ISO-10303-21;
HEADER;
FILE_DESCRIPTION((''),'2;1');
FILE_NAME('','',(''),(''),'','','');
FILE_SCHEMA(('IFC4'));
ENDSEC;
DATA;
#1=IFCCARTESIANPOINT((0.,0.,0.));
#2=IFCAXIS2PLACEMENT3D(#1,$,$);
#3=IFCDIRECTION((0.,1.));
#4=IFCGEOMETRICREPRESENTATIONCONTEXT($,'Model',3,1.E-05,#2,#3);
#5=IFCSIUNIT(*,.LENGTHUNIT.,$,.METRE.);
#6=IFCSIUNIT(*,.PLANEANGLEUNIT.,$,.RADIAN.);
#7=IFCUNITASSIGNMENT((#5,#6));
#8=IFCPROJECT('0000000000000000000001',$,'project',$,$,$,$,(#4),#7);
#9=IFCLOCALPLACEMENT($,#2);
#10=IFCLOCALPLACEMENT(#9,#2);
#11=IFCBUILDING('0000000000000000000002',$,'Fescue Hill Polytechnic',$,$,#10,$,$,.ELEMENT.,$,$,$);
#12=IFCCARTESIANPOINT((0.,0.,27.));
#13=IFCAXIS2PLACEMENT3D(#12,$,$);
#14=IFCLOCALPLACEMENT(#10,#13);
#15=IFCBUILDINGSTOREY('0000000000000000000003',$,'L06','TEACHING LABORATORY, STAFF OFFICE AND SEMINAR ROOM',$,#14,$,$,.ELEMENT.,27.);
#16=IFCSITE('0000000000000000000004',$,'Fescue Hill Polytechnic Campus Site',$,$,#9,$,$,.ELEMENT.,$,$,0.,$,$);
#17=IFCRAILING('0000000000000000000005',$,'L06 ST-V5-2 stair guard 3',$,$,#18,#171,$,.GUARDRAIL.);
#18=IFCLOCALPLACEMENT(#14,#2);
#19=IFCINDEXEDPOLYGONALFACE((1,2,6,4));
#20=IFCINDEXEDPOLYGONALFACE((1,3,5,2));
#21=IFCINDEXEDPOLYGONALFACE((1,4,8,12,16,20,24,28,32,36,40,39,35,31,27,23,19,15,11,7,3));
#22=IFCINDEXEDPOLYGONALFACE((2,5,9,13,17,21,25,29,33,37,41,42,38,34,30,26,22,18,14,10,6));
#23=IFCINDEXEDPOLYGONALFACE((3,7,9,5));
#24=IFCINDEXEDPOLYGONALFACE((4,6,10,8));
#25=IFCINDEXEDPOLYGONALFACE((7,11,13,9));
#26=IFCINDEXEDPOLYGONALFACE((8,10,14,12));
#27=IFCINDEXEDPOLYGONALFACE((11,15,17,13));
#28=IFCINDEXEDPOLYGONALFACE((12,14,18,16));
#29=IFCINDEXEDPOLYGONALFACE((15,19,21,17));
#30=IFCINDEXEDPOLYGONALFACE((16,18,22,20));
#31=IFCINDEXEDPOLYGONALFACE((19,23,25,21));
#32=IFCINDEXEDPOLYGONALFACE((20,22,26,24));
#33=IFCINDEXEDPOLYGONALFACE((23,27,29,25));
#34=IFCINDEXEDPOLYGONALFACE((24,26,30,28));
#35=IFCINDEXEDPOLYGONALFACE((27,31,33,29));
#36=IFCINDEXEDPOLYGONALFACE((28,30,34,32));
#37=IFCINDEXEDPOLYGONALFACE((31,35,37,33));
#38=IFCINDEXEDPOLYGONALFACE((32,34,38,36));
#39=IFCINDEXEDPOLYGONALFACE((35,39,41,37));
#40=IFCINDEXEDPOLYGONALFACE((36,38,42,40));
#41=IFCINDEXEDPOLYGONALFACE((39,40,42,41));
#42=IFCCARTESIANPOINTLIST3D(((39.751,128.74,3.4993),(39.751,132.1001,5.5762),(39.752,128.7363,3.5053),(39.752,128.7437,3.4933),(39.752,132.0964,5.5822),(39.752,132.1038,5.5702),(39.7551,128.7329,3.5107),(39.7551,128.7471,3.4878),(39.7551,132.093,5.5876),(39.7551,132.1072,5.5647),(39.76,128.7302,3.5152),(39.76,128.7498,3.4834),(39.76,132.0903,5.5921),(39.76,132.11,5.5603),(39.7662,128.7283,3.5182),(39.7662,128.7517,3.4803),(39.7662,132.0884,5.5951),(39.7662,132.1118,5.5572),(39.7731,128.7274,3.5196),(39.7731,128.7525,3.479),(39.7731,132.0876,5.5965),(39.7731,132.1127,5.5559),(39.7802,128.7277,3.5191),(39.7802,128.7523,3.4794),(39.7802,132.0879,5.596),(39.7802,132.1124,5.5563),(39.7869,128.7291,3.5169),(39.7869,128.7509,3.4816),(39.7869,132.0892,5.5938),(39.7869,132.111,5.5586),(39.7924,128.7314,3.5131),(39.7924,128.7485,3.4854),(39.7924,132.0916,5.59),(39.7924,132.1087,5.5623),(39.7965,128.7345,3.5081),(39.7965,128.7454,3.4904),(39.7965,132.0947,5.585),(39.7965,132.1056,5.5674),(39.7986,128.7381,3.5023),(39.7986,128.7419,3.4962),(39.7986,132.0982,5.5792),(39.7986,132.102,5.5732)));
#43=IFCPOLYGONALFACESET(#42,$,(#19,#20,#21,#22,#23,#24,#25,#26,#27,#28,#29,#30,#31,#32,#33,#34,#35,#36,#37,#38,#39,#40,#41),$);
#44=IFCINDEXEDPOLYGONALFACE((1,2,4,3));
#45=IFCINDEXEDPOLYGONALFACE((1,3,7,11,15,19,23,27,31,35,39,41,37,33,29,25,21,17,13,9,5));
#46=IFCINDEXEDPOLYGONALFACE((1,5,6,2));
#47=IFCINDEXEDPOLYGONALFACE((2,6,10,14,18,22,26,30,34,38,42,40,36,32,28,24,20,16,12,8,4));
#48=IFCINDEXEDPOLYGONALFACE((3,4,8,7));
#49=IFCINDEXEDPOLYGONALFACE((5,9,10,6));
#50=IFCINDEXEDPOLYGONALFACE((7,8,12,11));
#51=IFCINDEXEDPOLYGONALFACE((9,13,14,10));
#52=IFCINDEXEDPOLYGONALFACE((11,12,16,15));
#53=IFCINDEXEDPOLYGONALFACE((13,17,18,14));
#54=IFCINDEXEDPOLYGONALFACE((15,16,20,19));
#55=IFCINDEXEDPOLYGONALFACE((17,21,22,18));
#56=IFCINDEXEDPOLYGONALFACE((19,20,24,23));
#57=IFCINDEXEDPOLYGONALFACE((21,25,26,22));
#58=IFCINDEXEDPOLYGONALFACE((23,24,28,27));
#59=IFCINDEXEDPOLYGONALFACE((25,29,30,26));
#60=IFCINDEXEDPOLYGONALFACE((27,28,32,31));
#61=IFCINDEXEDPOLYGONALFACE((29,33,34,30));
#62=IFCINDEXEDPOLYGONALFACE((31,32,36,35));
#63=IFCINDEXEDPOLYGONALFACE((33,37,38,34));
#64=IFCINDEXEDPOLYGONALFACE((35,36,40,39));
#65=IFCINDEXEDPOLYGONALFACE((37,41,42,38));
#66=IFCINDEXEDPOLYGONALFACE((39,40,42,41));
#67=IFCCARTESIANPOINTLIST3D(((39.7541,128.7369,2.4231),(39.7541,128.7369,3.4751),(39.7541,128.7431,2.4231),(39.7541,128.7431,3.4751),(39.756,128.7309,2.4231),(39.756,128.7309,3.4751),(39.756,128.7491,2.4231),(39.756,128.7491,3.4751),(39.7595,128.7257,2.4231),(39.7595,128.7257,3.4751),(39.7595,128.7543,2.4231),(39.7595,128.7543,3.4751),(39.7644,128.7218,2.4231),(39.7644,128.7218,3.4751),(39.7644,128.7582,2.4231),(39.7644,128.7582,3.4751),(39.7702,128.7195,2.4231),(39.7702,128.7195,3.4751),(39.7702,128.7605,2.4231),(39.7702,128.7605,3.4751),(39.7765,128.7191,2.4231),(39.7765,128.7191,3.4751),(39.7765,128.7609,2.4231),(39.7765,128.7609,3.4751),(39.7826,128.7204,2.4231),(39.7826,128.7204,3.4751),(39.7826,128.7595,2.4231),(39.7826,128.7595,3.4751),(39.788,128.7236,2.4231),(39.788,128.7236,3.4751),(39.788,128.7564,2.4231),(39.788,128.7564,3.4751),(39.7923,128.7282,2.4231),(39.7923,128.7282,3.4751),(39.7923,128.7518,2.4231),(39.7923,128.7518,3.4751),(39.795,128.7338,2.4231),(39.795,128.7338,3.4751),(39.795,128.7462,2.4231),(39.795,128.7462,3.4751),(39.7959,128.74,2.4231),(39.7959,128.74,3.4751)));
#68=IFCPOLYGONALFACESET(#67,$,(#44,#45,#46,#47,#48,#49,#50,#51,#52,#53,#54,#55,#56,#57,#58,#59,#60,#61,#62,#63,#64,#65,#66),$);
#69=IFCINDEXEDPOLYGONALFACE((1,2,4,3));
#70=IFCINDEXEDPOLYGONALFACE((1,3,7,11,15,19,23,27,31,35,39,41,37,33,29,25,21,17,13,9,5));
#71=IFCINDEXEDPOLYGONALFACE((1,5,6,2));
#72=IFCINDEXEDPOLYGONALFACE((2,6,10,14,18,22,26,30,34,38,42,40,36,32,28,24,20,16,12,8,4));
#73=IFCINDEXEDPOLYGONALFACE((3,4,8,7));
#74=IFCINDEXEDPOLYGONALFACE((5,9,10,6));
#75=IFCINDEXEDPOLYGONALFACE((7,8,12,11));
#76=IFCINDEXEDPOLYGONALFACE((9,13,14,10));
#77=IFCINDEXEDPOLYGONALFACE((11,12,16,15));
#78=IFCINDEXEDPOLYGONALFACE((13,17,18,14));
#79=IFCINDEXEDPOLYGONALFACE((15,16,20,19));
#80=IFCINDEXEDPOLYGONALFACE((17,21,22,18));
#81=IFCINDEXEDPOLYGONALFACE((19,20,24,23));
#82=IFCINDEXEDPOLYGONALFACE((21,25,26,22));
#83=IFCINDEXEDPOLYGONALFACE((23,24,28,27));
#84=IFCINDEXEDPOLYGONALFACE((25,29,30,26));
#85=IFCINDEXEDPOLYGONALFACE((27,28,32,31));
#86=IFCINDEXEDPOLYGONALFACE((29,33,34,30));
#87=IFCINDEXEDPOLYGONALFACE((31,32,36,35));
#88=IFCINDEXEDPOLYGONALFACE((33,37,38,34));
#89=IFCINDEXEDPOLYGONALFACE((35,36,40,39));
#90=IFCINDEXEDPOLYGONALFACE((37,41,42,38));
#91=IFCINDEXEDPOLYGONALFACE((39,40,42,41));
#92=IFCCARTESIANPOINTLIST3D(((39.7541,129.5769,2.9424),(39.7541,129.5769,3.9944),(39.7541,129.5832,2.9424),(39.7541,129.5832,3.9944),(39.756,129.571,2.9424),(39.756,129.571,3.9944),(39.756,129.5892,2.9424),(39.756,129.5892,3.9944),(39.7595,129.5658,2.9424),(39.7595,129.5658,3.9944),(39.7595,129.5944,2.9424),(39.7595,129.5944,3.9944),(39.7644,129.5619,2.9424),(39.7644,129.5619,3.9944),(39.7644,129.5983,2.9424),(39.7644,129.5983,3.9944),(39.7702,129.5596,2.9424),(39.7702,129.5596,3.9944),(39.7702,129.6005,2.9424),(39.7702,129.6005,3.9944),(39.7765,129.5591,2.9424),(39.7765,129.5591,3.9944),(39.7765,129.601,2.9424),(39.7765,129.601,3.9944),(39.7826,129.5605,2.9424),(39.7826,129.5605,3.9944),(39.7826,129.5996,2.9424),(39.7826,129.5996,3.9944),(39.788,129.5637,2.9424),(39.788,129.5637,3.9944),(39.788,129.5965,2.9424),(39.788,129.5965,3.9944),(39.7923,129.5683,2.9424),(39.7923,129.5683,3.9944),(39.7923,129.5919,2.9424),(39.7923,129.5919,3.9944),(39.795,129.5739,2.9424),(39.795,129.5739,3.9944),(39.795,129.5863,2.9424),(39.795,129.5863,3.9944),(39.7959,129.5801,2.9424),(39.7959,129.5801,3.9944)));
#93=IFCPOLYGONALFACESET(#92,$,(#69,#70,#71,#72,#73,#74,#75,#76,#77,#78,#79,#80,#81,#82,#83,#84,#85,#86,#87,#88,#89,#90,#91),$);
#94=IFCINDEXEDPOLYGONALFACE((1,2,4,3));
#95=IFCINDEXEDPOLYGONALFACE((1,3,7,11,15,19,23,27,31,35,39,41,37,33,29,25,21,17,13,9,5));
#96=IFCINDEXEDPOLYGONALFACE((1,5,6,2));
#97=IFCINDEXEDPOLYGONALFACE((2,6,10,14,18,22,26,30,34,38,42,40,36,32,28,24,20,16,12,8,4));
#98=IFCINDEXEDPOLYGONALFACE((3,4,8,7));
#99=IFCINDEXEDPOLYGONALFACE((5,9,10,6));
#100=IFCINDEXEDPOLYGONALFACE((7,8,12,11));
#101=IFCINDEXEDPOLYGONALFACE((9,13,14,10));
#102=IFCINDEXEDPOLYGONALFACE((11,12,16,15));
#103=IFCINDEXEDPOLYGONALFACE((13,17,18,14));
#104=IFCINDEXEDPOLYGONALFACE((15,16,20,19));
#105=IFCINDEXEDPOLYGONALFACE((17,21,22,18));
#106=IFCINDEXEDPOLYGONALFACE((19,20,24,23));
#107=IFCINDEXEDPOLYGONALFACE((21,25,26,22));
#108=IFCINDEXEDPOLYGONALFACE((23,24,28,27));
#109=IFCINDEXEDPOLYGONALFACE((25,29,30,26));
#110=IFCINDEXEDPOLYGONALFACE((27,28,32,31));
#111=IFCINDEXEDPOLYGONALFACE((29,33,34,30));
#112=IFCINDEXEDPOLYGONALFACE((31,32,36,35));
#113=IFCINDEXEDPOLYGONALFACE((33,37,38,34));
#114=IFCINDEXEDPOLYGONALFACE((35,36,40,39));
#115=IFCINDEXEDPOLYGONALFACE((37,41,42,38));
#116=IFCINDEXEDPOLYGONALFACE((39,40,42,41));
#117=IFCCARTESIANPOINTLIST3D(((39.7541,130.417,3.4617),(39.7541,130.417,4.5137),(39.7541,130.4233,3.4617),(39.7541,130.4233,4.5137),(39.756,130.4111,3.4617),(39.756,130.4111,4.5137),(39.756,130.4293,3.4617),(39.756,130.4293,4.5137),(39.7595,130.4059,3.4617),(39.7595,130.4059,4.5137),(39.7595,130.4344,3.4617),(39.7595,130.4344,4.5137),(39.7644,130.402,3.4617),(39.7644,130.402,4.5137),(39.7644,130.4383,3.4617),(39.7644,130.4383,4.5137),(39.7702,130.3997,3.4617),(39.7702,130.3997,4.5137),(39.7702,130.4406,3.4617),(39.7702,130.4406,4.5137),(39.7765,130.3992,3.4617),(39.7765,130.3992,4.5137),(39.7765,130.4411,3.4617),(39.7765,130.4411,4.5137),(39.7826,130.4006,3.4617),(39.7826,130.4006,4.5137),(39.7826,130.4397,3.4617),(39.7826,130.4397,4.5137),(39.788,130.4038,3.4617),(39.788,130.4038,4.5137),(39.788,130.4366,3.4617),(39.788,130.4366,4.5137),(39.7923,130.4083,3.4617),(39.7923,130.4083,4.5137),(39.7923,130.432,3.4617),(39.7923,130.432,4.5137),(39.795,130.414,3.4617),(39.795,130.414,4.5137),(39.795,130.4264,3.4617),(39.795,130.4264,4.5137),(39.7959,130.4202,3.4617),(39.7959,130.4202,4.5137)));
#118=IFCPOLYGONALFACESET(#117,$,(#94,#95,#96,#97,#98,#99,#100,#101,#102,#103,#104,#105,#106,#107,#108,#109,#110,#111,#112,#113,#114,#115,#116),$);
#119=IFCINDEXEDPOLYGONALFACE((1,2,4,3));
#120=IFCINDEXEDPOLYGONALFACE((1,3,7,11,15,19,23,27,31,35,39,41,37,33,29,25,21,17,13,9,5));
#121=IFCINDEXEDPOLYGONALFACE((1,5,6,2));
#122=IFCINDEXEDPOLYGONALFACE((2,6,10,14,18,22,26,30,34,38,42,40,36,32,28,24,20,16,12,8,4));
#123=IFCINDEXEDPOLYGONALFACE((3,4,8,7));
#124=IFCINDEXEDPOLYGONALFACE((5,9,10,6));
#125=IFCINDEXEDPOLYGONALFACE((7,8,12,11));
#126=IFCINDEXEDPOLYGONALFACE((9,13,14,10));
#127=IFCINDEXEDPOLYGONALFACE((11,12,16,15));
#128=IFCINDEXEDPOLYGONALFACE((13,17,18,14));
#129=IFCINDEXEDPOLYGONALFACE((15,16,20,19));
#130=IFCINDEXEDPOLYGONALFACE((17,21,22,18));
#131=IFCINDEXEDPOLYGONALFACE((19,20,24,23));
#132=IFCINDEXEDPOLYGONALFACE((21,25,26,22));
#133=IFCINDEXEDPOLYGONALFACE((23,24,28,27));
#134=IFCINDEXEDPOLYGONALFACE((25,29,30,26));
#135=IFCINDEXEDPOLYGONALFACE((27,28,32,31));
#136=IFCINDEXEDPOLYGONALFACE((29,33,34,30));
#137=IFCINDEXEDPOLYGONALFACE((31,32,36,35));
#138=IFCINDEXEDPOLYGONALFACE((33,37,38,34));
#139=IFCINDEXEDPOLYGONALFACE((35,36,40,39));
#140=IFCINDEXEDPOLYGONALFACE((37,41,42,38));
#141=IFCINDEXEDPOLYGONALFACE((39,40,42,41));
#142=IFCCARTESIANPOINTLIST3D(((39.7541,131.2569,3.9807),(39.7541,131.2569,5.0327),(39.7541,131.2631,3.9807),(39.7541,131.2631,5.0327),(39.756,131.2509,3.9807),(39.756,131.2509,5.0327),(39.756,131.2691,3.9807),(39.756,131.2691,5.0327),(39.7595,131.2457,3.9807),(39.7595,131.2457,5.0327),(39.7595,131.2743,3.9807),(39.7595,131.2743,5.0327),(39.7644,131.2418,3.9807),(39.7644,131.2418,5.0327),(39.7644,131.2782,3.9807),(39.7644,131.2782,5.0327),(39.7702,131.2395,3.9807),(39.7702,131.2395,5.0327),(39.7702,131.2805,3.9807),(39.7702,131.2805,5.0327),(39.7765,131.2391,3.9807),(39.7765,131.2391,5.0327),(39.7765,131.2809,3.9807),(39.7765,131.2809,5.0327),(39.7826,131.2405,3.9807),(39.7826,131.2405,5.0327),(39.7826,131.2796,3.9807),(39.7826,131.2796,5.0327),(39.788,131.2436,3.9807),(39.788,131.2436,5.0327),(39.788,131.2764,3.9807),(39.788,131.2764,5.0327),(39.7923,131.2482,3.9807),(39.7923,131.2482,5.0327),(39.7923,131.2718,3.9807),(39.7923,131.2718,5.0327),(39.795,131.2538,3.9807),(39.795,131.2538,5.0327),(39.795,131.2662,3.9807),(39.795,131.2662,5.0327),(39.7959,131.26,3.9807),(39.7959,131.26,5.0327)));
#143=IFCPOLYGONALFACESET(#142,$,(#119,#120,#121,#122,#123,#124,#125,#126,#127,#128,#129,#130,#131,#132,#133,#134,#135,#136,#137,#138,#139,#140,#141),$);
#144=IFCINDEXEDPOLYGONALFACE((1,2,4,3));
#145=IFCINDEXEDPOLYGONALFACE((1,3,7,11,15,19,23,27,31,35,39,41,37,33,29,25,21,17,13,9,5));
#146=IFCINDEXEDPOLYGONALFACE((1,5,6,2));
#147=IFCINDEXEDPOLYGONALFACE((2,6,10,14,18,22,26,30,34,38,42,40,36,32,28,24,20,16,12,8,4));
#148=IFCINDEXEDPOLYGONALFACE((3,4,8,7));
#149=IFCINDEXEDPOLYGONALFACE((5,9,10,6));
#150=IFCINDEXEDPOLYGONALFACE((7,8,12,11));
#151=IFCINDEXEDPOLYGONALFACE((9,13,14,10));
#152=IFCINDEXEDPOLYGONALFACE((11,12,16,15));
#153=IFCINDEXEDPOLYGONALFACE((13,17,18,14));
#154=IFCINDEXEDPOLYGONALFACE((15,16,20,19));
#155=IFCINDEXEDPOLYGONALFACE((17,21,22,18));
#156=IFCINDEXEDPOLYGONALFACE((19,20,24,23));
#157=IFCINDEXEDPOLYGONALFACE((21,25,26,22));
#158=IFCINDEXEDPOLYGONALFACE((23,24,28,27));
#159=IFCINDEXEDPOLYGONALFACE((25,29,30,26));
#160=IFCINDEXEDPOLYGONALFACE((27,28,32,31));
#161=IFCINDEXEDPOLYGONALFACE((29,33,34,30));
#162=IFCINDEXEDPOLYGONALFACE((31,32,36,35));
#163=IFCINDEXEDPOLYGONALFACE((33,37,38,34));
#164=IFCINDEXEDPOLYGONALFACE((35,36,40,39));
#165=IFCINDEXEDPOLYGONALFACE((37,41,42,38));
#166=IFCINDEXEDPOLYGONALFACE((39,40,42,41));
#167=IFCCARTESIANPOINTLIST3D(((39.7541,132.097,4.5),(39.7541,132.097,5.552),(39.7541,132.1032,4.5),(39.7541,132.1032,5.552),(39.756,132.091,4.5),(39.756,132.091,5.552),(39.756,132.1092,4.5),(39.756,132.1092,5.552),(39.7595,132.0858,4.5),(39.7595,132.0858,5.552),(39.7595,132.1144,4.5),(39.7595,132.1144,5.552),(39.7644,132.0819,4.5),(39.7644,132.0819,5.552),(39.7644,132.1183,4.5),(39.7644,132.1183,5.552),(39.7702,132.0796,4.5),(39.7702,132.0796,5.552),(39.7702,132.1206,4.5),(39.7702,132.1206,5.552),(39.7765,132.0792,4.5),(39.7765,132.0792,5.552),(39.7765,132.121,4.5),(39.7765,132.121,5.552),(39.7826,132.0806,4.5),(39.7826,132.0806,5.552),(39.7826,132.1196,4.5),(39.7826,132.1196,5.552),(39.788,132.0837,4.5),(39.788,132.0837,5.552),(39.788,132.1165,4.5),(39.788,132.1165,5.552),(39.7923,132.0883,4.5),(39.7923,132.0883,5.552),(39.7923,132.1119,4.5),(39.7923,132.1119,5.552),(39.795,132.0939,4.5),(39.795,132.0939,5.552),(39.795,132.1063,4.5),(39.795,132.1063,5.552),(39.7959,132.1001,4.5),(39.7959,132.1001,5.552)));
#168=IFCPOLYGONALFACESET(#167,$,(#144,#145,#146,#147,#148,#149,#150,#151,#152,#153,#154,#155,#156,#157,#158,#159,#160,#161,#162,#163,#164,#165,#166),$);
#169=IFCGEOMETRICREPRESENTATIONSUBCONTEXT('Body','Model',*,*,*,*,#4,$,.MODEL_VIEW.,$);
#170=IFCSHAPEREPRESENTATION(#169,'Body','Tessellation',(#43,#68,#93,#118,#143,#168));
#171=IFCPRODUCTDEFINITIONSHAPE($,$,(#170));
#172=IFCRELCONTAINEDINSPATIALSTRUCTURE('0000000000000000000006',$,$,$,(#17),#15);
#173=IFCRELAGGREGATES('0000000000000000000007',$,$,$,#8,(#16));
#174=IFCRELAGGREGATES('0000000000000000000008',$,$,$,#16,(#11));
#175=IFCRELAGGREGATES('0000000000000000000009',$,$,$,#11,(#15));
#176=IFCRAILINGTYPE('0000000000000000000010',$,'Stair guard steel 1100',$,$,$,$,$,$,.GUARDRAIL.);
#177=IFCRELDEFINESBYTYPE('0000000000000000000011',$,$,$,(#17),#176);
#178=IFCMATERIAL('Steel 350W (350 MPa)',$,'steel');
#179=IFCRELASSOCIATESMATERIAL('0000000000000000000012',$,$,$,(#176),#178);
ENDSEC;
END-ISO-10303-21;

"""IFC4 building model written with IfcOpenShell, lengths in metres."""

from ifc_helpers import new_model, si_unit, direction, frame, origin, origin_2d, place, context, subcontext, project, spatial, circle, extrude, material, type_object, element, save


model = new_model("IFC4")

# Units and contexts
model_context = context("Model", 3, precision=1e-05, world=origin(), true_north=direction((0.0, 1.0)))
body_context = subcontext(model_context, "Body", "Model", "MODEL_VIEW")
ifc_project = project(units=[si_unit("LENGTHUNIT", "METRE"), si_unit("PLANEANGLEUNIT", "RADIAN")], contexts=[model_context])

# Site, building, storey
site_placement = place(None, origin())
site = spatial("IfcSite", under=ifc_project, at=site_placement, Name="Fescue Hill Polytechnic Campus Site", CompositionType="ELEMENT", RefElevation=0.0)
building_placement = place(site_placement, origin())
building = spatial("IfcBuilding", under=site, at=building_placement, Name="Fescue Hill Polytechnic", CompositionType="ELEMENT")
storey_placement = place(building_placement, frame((0.0, 0.0, 27.0)))
storey = spatial("IfcBuildingStorey", under=building, at=storey_placement, Name="L06", Description="TEACHING LABORATORY, STAFF OFFICE AND SEMINAR ROOM", CompositionType="ELEMENT", Elevation=27.0)

# Railing
ifc_material_1 = material(Name="Steel 350W (350 MPa)", Category="steel")
railing_type_1 = type_object("IfcRailingType", Name="Stair guard steel 1100", PredefinedType="GUARDRAIL", material=ifc_material_1)
railing_1_placement = place(storey_placement, frame((39.7749, 128.74, 2.4231)))
element("IfcRailing", 1, at=railing_1_placement, inside=storey, type_object=railing_type_1, Name="L06 ST-V5-2 stair guard 3", PredefinedType="GUARDRAIL", context=body_context, shape_type="SweptSolid", body=[
    extrude(circle(Radius=0.0239, at=origin_2d()), frame((0.0, 0.0, 1.0762), z_axis=(0.0, 0.850623, 0.525776), x_axis=(-1.0, 0.0, 0.0)), (0.0, 0.0, 1.0), 3.9502),
    extrude(circle(Radius=0.021, at=origin_2d()), origin(), (0.0, 0.0, 1.0), 1.052),
    extrude(circle(Radius=0.021, at=origin_2d()), frame((0.0, 0.8401, 0.5193)), (0.0, 0.0, 1.0), 1.052),
    extrude(circle(Radius=0.021, at=origin_2d()), frame((0.0, 1.6802, 1.0386)), (0.0, 0.0, 1.0), 1.052),
    extrude(circle(Radius=0.021, at=origin_2d()), frame((0.0, 2.52, 1.5576)), (0.0, 0.0, 1.0), 1.052),
    extrude(circle(Radius=0.021, at=origin_2d()), frame((0.0, 3.3601, 2.0769)), (0.0, 0.0, 1.0), 1.052),
])

save(model, "model.ifc")
